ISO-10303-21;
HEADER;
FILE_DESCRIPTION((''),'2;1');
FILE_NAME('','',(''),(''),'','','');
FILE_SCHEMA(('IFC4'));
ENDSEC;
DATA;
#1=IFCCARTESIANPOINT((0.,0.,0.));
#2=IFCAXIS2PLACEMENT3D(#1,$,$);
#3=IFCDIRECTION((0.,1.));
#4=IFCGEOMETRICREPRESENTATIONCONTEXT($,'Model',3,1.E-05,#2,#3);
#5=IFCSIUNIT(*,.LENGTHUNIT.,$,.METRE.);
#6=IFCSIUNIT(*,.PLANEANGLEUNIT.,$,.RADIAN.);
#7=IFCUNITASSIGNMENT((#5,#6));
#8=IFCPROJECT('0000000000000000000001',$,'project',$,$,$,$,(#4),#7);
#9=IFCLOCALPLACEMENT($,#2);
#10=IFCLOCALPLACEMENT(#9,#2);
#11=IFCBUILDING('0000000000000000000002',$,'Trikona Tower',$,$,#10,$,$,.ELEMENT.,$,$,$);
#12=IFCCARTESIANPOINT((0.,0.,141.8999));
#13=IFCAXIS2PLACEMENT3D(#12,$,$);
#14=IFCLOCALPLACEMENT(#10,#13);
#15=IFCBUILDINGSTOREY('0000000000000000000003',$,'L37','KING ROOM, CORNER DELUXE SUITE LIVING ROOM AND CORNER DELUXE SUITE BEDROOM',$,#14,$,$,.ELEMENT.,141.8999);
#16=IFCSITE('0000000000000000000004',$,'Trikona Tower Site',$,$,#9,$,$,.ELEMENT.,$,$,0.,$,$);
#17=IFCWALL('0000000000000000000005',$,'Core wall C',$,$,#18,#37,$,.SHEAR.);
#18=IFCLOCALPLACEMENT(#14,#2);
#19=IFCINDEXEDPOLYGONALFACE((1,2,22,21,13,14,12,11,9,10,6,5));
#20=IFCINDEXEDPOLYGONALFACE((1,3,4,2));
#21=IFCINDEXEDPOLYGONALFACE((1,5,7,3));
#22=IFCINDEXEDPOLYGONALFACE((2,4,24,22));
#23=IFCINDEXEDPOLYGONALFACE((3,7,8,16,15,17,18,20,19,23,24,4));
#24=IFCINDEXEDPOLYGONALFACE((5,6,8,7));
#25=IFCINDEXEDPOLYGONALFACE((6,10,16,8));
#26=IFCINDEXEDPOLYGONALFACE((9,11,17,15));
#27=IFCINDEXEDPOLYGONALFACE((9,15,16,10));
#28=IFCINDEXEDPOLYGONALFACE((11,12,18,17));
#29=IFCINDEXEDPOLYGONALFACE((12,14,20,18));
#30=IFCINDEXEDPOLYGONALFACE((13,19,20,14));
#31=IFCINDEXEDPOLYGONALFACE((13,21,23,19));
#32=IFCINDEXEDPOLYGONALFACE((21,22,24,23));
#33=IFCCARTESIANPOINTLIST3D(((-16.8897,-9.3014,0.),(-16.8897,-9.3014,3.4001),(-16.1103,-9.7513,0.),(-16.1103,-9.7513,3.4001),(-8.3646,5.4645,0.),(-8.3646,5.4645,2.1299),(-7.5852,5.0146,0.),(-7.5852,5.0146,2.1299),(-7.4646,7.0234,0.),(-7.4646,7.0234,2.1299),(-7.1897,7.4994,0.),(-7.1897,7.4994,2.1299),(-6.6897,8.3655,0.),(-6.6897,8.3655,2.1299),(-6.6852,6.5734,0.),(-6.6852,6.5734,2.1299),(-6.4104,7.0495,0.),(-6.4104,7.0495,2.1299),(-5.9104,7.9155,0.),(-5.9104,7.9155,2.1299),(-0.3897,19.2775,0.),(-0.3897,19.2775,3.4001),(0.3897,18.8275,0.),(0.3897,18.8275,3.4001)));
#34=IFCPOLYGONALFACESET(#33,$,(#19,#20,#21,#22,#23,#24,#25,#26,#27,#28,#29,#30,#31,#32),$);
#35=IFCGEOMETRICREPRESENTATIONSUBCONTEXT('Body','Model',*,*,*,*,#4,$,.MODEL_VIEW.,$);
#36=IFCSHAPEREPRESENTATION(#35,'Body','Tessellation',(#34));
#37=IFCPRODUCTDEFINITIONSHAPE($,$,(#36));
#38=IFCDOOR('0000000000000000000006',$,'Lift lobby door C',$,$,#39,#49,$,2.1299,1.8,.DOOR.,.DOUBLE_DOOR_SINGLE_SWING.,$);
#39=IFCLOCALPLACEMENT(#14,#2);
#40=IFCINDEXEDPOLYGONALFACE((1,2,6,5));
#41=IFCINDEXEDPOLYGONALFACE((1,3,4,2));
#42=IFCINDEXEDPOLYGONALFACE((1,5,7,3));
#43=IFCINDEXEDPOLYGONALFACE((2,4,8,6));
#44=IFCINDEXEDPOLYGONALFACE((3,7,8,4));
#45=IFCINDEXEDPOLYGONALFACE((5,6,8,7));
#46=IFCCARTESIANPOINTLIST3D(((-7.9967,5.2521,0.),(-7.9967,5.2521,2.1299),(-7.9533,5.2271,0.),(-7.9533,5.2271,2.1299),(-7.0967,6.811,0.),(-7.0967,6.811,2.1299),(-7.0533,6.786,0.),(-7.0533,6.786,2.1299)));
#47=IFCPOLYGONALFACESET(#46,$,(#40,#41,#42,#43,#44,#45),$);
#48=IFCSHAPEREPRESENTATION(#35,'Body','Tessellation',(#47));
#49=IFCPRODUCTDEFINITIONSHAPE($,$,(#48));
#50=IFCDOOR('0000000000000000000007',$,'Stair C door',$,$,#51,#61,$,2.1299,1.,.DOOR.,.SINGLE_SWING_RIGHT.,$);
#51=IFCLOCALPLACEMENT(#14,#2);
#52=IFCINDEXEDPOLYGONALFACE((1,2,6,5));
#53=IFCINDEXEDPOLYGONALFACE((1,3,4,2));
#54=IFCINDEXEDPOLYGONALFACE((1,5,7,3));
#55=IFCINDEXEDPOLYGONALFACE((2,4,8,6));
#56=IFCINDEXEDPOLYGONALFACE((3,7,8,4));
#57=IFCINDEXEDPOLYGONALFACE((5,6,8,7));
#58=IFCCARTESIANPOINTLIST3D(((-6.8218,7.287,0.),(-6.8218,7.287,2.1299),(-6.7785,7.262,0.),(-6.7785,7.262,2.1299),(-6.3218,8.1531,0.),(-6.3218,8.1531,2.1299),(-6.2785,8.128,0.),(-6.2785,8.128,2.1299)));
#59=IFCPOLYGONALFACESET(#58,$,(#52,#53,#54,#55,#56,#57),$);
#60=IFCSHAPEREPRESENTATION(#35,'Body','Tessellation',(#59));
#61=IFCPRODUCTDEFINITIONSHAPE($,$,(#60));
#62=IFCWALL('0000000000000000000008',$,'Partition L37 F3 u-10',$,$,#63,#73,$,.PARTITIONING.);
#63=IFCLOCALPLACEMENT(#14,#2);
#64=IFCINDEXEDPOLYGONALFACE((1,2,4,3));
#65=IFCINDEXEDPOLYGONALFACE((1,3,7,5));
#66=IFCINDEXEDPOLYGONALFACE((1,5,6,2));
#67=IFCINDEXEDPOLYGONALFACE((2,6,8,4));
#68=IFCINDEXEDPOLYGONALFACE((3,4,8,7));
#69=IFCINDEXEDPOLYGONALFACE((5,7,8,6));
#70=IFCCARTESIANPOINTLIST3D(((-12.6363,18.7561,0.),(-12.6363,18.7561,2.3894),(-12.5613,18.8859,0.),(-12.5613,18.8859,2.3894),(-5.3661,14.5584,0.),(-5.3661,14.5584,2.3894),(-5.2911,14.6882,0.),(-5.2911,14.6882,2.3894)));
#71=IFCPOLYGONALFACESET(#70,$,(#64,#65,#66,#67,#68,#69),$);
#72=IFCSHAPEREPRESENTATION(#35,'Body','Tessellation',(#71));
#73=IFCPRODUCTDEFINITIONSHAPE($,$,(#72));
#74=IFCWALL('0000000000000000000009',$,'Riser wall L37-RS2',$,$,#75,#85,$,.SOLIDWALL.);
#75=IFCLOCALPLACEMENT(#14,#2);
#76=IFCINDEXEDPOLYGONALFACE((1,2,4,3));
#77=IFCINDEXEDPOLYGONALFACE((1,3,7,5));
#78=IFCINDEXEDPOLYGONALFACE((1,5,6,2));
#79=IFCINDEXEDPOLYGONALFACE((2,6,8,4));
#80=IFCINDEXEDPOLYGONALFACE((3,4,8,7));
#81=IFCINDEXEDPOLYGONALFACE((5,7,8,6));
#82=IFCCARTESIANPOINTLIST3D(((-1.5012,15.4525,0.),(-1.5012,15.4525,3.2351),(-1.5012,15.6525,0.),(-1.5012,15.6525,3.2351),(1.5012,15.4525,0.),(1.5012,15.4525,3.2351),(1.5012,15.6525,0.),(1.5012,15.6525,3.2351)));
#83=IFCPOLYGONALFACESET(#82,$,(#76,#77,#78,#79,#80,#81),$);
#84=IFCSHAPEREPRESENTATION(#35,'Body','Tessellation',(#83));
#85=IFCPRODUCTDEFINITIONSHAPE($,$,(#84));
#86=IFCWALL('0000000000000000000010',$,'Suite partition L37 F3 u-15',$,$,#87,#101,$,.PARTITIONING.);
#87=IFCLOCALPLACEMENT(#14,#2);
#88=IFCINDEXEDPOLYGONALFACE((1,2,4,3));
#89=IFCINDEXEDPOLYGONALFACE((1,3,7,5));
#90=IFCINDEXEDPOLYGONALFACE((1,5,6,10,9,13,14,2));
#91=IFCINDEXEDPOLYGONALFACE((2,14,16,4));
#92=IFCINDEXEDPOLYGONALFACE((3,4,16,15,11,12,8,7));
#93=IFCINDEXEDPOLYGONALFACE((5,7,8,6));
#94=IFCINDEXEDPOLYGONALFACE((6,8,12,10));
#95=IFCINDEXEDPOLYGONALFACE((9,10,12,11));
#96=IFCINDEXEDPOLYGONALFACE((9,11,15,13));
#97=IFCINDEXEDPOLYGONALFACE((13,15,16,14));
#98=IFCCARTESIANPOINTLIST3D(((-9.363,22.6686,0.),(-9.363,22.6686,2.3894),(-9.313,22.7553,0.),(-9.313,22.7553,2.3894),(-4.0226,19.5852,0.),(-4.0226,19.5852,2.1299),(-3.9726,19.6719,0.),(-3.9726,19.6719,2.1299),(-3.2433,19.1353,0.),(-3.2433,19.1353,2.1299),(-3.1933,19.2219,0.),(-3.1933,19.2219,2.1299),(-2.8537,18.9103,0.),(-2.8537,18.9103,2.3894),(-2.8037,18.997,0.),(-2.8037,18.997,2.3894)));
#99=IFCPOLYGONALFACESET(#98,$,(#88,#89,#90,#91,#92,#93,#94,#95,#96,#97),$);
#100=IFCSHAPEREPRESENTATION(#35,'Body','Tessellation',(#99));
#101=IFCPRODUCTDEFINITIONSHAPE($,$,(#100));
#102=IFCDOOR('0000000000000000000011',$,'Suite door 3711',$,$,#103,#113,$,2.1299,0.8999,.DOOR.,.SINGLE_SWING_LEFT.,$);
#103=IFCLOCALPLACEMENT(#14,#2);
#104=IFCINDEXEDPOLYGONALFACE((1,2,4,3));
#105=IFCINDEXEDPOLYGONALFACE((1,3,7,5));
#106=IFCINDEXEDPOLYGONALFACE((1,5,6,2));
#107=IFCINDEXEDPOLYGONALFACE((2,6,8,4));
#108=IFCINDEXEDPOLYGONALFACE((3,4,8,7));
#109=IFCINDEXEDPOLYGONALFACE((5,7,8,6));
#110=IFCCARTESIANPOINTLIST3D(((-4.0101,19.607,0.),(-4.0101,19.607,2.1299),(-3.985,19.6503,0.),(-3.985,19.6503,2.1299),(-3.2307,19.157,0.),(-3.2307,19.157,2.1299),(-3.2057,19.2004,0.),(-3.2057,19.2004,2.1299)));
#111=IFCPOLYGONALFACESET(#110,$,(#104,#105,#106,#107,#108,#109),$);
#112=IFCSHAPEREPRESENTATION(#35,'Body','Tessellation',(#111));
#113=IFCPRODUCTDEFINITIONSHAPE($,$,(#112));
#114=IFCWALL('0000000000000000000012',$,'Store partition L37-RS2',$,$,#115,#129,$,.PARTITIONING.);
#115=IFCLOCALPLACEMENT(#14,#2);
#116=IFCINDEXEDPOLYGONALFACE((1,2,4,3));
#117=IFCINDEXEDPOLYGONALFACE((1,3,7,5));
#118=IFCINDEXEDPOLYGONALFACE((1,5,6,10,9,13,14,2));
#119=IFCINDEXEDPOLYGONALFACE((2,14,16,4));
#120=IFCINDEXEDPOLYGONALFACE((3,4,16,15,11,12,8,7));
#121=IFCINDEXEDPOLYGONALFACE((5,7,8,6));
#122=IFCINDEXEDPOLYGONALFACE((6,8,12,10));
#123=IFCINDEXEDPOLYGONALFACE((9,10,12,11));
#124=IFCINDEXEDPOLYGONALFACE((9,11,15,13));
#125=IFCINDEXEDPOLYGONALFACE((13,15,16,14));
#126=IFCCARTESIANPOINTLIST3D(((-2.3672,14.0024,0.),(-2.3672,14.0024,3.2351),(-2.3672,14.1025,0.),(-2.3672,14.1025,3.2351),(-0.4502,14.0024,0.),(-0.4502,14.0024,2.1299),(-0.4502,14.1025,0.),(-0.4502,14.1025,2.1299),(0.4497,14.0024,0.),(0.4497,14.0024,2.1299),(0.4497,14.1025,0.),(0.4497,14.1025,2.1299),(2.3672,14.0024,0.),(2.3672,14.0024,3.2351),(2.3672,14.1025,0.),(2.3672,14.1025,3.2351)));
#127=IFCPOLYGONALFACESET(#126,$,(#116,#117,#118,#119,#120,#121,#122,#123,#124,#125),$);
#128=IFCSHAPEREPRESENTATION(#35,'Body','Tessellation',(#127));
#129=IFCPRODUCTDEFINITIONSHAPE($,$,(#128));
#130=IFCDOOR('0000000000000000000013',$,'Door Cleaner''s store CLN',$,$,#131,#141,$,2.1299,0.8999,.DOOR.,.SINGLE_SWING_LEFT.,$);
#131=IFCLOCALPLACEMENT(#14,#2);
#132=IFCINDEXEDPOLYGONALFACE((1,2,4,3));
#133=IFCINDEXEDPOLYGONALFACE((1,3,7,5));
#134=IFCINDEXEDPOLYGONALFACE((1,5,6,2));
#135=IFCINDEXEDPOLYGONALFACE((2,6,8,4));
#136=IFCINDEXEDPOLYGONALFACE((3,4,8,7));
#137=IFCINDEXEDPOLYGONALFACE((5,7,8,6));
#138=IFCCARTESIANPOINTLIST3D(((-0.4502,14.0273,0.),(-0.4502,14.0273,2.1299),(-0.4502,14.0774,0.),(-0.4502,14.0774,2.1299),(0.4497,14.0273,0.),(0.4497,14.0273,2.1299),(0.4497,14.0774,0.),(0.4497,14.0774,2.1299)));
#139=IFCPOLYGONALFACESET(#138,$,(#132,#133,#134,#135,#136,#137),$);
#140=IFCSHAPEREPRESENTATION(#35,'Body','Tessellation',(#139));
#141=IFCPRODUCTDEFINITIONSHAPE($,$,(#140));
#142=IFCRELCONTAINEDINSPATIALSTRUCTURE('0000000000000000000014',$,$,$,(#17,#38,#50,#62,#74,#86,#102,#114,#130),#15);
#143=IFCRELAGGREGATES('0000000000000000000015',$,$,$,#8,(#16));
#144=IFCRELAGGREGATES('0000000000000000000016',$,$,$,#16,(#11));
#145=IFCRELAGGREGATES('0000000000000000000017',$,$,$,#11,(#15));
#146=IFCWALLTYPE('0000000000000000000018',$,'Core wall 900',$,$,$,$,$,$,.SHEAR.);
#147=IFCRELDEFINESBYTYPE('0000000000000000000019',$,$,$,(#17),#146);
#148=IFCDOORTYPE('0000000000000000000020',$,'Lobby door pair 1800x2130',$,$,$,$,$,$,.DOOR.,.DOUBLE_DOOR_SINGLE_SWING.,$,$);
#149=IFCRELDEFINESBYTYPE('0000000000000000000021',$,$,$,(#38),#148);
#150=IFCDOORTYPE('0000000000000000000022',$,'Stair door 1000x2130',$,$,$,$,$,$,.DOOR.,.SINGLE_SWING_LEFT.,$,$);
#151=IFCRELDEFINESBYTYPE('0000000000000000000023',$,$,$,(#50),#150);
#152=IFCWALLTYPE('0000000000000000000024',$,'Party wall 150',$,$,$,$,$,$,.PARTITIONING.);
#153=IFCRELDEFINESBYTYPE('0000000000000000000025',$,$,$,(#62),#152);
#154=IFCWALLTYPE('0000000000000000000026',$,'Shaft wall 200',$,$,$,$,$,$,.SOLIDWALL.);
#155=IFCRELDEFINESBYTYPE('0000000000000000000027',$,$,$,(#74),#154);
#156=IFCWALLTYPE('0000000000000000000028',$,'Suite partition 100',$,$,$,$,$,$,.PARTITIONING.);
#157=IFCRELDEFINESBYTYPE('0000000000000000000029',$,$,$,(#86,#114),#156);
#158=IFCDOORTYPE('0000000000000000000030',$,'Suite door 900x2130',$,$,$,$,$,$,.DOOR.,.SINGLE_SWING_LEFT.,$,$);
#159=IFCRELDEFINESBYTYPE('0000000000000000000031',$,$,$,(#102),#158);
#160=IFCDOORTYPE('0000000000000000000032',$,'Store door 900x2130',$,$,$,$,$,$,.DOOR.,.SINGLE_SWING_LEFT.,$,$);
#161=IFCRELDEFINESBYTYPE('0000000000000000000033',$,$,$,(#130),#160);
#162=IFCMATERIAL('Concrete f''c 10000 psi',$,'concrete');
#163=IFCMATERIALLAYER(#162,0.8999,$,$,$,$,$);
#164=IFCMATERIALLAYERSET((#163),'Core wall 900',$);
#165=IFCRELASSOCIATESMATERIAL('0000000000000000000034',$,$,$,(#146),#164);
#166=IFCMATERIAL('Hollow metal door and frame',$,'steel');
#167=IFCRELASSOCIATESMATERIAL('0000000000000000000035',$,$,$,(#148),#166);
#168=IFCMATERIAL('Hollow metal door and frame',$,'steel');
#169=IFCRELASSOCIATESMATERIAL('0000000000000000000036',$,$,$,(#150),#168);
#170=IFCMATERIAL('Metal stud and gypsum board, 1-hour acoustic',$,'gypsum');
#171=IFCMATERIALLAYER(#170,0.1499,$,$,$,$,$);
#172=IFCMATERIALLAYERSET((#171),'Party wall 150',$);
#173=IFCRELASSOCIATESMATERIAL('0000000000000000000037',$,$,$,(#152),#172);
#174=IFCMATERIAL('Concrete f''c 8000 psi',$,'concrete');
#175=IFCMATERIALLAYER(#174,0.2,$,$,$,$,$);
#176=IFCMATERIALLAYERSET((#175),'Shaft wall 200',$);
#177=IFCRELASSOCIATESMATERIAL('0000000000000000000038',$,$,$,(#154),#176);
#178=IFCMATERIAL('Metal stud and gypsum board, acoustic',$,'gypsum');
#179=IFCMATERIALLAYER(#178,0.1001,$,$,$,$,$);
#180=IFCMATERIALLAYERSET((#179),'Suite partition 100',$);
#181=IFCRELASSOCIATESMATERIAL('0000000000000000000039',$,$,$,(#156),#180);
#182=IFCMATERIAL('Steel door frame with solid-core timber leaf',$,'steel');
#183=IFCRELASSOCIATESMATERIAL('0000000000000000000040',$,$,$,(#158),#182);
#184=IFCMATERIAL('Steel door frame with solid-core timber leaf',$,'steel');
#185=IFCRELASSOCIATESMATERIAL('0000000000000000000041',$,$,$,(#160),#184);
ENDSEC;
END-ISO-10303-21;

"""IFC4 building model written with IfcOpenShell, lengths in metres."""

from ifc_helpers import new_model, si_unit, direction, frame, frame_2d, origin, place, context, subcontext, project, spatial, rectangle, extrude, material, layer, layer_set, type_object, element, fill, save


model = new_model("IFC4")

# Units and contexts
model_context = context("Model", 3, precision=1e-05, world=origin(), true_north=direction((0.0, 1.0)))
body_context = subcontext(model_context, "Body", "Model", "MODEL_VIEW")
ifc_project = project(units=[si_unit("LENGTHUNIT", "METRE"), si_unit("PLANEANGLEUNIT", "RADIAN")], contexts=[model_context])

# Site, building, storey
site_placement = place(None, origin())
site = spatial("IfcSite", under=ifc_project, at=site_placement, Name="Trikona Tower Site", CompositionType="ELEMENT", RefElevation=0.0)
building_placement = place(site_placement, origin())
building = spatial("IfcBuilding", under=site, at=building_placement, Name="Trikona Tower", CompositionType="ELEMENT")
storey_placement = place(building_placement, frame((0.0, 0.0, 141.8999)))
storey = spatial("IfcBuildingStorey", under=building, at=storey_placement, Name="L37", Description="KING ROOM, CORNER DELUXE SUITE LIVING ROOM AND CORNER DELUXE SUITE BEDROOM", CompositionType="ELEMENT", Elevation=141.8999)

# Wall, openings, doors
ifc_material_1 = material(Name="Concrete f'c 10000 psi", Category="concrete")
ifc_layer_1 = layer(ifc_material_1, 0.8999)
ifc_layer_set_1 = layer_set([ifc_layer_1], Name="Core wall 900")
wall_type_1 = type_object("IfcWallType", Name="Core wall 900", PredefinedType="SHEAR", material=ifc_layer_set_1)
wall_1_placement = place(storey_placement, frame((0.0, 19.0525, 0.0), z_axis=(0.0, 0.0, 1.0), x_axis=(-0.5, -0.866026, 0.0)))
wall_1 = element("IfcWall", 1, at=wall_1_placement, inside=storey, type_object=wall_type_1, Name="Core wall C", PredefinedType="SHEAR", context=body_context, shape_type="SweptSolid", body=[
    extrude(rectangle(XDim=33.0, YDim=0.8999, at=frame_2d((16.5, 0.0))), origin(), (0.0, 0.0, 1.0), 3.4001),
])
opening_1_placement = place(wall_1_placement, frame((14.1499, 0.0, 0.0)))
opening_1 = element("IfcOpeningElement", 2, at=opening_1_placement, cuts=wall_1, PredefinedType="OPENING", context=body_context, shape_type="SweptSolid", body=[
    extrude(rectangle(XDim=1.8, YDim=2.1299, at=frame_2d((0.8999, 1.0649))), frame((0.0, 0.46, 0.0), z_axis=(0.0, -1.0, 0.0), x_axis=(1.0, 0.0, 0.0)), (0.0, 0.0, 1.0), 0.9199),
])
opening_2_placement = place(wall_1_placement, frame((12.6001, 0.0, 0.0)))
opening_2 = element("IfcOpeningElement", 3, at=opening_2_placement, cuts=wall_1, PredefinedType="OPENING", context=body_context, shape_type="SweptSolid", body=[
    extrude(rectangle(XDim=1.0, YDim=2.1299, at=frame_2d((0.5, 1.0649))), frame((0.0, 0.46, 0.0), z_axis=(0.0, -1.0, 0.0), x_axis=(1.0, 0.0, 0.0)), (0.0, 0.0, 1.0), 0.9199),
])
ifc_material_2 = material(Name="Hollow metal door and frame", Category="steel")
door_type_1 = type_object("IfcDoorType", Name="Lobby door pair 1800x2130", OperationType="DOUBLE_DOOR_SINGLE_SWING", PredefinedType="DOOR", material=ifc_material_2)
door_1_placement = place(opening_1_placement, origin())
door_1 = element("IfcDoor", 4, at=door_1_placement, inside=storey, type_object=door_type_1, Name="Lift lobby door C", OperationType="DOUBLE_DOOR_SINGLE_SWING", OverallHeight=2.1299, OverallWidth=1.8, PredefinedType="DOOR", context=body_context, shape_type="SweptSolid", body=[
    extrude(rectangle(XDim=1.8, YDim=2.1299, at=frame_2d((0.8999, 1.0649))), frame((0.0, 0.0249, 0.0), z_axis=(0.0, -1.0, 0.0), x_axis=(1.0, 0.0, 0.0)), (0.0, 0.0, 1.0), 0.05),
])
fill(opening_1, door_1)
ifc_material_3 = material(Name="Hollow metal door and frame", Category="steel")
door_type_2 = type_object("IfcDoorType", Name="Stair door 1000x2130", OperationType="SINGLE_SWING_LEFT", PredefinedType="DOOR", material=ifc_material_3)
door_2_placement = place(opening_2_placement, origin())
door_2 = element("IfcDoor", 5, at=door_2_placement, inside=storey, type_object=door_type_2, Name="Stair C door", OperationType="SINGLE_SWING_RIGHT", OverallHeight=2.1299, OverallWidth=1.0, PredefinedType="DOOR", context=body_context, shape_type="SweptSolid", body=[
    extrude(rectangle(XDim=1.0, YDim=2.1299, at=frame_2d((0.5, 1.0649))), frame((0.0, 0.0249, 0.0), z_axis=(0.0, -1.0, 0.0), x_axis=(1.0, 0.0, 0.0)), (0.0, 0.0, 1.0), 0.05),
])
fill(opening_2, door_2)

# Walls
ifc_material_4 = material(Name="Metal stud and gypsum board, 1-hour acoustic", Category="gypsum")
ifc_layer_2 = layer(ifc_material_4, 0.1499)
ifc_layer_set_2 = layer_set([ifc_layer_2], Name="Party wall 150")
wall_type_2 = type_object("IfcWallType", Name="Party wall 150", PredefinedType="PARTITIONING", material=ifc_layer_set_2)
wall_2_placement = place(storey_placement, frame((-5.3286, 14.6233, 0.0), z_axis=(0.0, 0.0, 1.0), x_axis=(-0.866012, 0.500024, 0.0)))
element("IfcWall", 6, at=wall_2_placement, inside=storey, type_object=wall_type_2, Name="Partition L37 F3 u-10", PredefinedType="PARTITIONING", context=body_context, shape_type="SweptSolid", body=[
    extrude(rectangle(XDim=8.395, YDim=0.1499, at=frame_2d((4.1975, 0.0))), origin(), (0.0, 0.0, 1.0), 2.3894),
])
ifc_material_5 = material(Name="Concrete f'c 8000 psi", Category="concrete")
ifc_layer_3 = layer(ifc_material_5, 0.2)
ifc_layer_set_3 = layer_set([ifc_layer_3], Name="Shaft wall 200")
wall_type_3 = type_object("IfcWallType", Name="Shaft wall 200", PredefinedType="SOLIDWALL", material=ifc_layer_set_3)
wall_3_placement = place(storey_placement, frame((-1.5012, 15.5525, 0.0), z_axis=(0.0, 0.0, 1.0), x_axis=(1.0, 0.0, 0.0)))
element("IfcWall", 7, at=wall_3_placement, inside=storey, type_object=wall_type_3, Name="Riser wall L37-RS2", PredefinedType="SOLIDWALL", context=body_context, shape_type="SweptSolid", body=[
    extrude(rectangle(XDim=3.0024, YDim=0.2, at=frame_2d((1.5012, 0.0))), origin(), (0.0, 0.0, 1.0), 3.2351),
])

# Walls, openings, doors
ifc_material_6 = material(Name="Metal stud and gypsum board, acoustic", Category="gypsum")
ifc_layer_4 = layer(ifc_material_6, 0.1001)
ifc_layer_set_4 = layer_set([ifc_layer_4], Name="Suite partition 100")
wall_type_4 = type_object("IfcWallType", Name="Suite partition 100", PredefinedType="PARTITIONING", material=ifc_layer_set_4)
wall_4_placement = place(storey_placement, frame((-2.8286, 18.9536, 0.0), z_axis=(0.0, 0.0, 1.0), x_axis=(-0.866016, 0.500017, 0.0)))
wall_4 = element("IfcWall", 8, at=wall_4_placement, inside=storey, type_object=wall_type_4, Name="Suite partition L37 F3 u-15", PredefinedType="PARTITIONING", context=body_context, shape_type="SweptSolid", body=[
    extrude(rectangle(XDim=7.5164, YDim=0.1001, at=frame_2d((3.7583, 0.0))), origin(), (0.0, 0.0, 1.0), 2.3894),
])
opening_3_placement = place(wall_4_placement, frame((0.45, 0.0, 0.0)))
opening_3 = element("IfcOpeningElement", 9, at=opening_3_placement, cuts=wall_4, PredefinedType="OPENING", context=body_context, shape_type="SweptSolid", body=[
    extrude(rectangle(XDim=0.8999, YDim=2.1299, at=frame_2d((0.45, 1.0649))), frame((0.0, 0.0601, 0.0), z_axis=(0.0, -1.0, 0.0), x_axis=(1.0, 0.0, 0.0)), (0.0, 0.0, 1.0), 0.1201),
])
ifc_material_7 = material(Name="Steel door frame with solid-core timber leaf", Category="steel")
door_type_3 = type_object("IfcDoorType", Name="Suite door 900x2130", OperationType="SINGLE_SWING_LEFT", PredefinedType="DOOR", material=ifc_material_7)
door_3_placement = place(opening_3_placement, origin())
door_3 = element("IfcDoor", 10, at=door_3_placement, inside=storey, type_object=door_type_3, Name="Suite door 3711", OperationType="SINGLE_SWING_LEFT", OverallHeight=2.1299, OverallWidth=0.8999, PredefinedType="DOOR", context=body_context, shape_type="SweptSolid", body=[
    extrude(rectangle(XDim=0.8999, YDim=2.1299, at=frame_2d((0.45, 1.0649))), frame((0.0, 0.0249, 0.0), z_axis=(0.0, -1.0, 0.0), x_axis=(1.0, 0.0, 0.0)), (0.0, 0.0, 1.0), 0.05),
])
fill(opening_3, door_3)
wall_5_placement = place(storey_placement, frame((-2.3672, 14.0525, 0.0), z_axis=(0.0, 0.0, 1.0), x_axis=(1.0, 0.0, 0.0)))
wall_5 = element("IfcWall", 11, at=wall_5_placement, inside=storey, type_object=wall_type_4, Name="Store partition L37-RS2", PredefinedType="PARTITIONING", context=body_context, shape_type="SweptSolid", body=[
    extrude(rectangle(XDim=4.7344, YDim=0.1001, at=frame_2d((2.3672, 0.0))), origin(), (0.0, 0.0, 1.0), 3.2351),
])
opening_4_placement = place(wall_5_placement, frame((1.917, 0.0, 0.0)))
opening_4 = element("IfcOpeningElement", 12, at=opening_4_placement, cuts=wall_5, PredefinedType="OPENING", context=body_context, shape_type="SweptSolid", body=[
    extrude(rectangle(XDim=0.8999, YDim=2.1299, at=frame_2d((0.45, 1.0649))), frame((0.0, 0.0601, 0.0), z_axis=(0.0, -1.0, 0.0), x_axis=(1.0, 0.0, 0.0)), (0.0, 0.0, 1.0), 0.1201),
])
ifc_material_8 = material(Name="Steel door frame with solid-core timber leaf", Category="steel")
door_type_4 = type_object("IfcDoorType", Name="Store door 900x2130", OperationType="SINGLE_SWING_LEFT", PredefinedType="DOOR", material=ifc_material_8)
door_4_placement = place(opening_4_placement, origin())
door_4 = element("IfcDoor", 13, at=door_4_placement, inside=storey, type_object=door_type_4, Name="Door Cleaner's store CLN", OperationType="SINGLE_SWING_LEFT", OverallHeight=2.1299, OverallWidth=0.8999, PredefinedType="DOOR", context=body_context, shape_type="SweptSolid", body=[
    extrude(rectangle(XDim=0.8999, YDim=2.1299, at=frame_2d((0.45, 1.0649))), frame((0.0, 0.0249, 0.0), z_axis=(0.0, -1.0, 0.0), x_axis=(1.0, 0.0, 0.0)), (0.0, 0.0, 1.0), 0.05),
])
fill(opening_4, door_4)

save(model, "model.ifc")
